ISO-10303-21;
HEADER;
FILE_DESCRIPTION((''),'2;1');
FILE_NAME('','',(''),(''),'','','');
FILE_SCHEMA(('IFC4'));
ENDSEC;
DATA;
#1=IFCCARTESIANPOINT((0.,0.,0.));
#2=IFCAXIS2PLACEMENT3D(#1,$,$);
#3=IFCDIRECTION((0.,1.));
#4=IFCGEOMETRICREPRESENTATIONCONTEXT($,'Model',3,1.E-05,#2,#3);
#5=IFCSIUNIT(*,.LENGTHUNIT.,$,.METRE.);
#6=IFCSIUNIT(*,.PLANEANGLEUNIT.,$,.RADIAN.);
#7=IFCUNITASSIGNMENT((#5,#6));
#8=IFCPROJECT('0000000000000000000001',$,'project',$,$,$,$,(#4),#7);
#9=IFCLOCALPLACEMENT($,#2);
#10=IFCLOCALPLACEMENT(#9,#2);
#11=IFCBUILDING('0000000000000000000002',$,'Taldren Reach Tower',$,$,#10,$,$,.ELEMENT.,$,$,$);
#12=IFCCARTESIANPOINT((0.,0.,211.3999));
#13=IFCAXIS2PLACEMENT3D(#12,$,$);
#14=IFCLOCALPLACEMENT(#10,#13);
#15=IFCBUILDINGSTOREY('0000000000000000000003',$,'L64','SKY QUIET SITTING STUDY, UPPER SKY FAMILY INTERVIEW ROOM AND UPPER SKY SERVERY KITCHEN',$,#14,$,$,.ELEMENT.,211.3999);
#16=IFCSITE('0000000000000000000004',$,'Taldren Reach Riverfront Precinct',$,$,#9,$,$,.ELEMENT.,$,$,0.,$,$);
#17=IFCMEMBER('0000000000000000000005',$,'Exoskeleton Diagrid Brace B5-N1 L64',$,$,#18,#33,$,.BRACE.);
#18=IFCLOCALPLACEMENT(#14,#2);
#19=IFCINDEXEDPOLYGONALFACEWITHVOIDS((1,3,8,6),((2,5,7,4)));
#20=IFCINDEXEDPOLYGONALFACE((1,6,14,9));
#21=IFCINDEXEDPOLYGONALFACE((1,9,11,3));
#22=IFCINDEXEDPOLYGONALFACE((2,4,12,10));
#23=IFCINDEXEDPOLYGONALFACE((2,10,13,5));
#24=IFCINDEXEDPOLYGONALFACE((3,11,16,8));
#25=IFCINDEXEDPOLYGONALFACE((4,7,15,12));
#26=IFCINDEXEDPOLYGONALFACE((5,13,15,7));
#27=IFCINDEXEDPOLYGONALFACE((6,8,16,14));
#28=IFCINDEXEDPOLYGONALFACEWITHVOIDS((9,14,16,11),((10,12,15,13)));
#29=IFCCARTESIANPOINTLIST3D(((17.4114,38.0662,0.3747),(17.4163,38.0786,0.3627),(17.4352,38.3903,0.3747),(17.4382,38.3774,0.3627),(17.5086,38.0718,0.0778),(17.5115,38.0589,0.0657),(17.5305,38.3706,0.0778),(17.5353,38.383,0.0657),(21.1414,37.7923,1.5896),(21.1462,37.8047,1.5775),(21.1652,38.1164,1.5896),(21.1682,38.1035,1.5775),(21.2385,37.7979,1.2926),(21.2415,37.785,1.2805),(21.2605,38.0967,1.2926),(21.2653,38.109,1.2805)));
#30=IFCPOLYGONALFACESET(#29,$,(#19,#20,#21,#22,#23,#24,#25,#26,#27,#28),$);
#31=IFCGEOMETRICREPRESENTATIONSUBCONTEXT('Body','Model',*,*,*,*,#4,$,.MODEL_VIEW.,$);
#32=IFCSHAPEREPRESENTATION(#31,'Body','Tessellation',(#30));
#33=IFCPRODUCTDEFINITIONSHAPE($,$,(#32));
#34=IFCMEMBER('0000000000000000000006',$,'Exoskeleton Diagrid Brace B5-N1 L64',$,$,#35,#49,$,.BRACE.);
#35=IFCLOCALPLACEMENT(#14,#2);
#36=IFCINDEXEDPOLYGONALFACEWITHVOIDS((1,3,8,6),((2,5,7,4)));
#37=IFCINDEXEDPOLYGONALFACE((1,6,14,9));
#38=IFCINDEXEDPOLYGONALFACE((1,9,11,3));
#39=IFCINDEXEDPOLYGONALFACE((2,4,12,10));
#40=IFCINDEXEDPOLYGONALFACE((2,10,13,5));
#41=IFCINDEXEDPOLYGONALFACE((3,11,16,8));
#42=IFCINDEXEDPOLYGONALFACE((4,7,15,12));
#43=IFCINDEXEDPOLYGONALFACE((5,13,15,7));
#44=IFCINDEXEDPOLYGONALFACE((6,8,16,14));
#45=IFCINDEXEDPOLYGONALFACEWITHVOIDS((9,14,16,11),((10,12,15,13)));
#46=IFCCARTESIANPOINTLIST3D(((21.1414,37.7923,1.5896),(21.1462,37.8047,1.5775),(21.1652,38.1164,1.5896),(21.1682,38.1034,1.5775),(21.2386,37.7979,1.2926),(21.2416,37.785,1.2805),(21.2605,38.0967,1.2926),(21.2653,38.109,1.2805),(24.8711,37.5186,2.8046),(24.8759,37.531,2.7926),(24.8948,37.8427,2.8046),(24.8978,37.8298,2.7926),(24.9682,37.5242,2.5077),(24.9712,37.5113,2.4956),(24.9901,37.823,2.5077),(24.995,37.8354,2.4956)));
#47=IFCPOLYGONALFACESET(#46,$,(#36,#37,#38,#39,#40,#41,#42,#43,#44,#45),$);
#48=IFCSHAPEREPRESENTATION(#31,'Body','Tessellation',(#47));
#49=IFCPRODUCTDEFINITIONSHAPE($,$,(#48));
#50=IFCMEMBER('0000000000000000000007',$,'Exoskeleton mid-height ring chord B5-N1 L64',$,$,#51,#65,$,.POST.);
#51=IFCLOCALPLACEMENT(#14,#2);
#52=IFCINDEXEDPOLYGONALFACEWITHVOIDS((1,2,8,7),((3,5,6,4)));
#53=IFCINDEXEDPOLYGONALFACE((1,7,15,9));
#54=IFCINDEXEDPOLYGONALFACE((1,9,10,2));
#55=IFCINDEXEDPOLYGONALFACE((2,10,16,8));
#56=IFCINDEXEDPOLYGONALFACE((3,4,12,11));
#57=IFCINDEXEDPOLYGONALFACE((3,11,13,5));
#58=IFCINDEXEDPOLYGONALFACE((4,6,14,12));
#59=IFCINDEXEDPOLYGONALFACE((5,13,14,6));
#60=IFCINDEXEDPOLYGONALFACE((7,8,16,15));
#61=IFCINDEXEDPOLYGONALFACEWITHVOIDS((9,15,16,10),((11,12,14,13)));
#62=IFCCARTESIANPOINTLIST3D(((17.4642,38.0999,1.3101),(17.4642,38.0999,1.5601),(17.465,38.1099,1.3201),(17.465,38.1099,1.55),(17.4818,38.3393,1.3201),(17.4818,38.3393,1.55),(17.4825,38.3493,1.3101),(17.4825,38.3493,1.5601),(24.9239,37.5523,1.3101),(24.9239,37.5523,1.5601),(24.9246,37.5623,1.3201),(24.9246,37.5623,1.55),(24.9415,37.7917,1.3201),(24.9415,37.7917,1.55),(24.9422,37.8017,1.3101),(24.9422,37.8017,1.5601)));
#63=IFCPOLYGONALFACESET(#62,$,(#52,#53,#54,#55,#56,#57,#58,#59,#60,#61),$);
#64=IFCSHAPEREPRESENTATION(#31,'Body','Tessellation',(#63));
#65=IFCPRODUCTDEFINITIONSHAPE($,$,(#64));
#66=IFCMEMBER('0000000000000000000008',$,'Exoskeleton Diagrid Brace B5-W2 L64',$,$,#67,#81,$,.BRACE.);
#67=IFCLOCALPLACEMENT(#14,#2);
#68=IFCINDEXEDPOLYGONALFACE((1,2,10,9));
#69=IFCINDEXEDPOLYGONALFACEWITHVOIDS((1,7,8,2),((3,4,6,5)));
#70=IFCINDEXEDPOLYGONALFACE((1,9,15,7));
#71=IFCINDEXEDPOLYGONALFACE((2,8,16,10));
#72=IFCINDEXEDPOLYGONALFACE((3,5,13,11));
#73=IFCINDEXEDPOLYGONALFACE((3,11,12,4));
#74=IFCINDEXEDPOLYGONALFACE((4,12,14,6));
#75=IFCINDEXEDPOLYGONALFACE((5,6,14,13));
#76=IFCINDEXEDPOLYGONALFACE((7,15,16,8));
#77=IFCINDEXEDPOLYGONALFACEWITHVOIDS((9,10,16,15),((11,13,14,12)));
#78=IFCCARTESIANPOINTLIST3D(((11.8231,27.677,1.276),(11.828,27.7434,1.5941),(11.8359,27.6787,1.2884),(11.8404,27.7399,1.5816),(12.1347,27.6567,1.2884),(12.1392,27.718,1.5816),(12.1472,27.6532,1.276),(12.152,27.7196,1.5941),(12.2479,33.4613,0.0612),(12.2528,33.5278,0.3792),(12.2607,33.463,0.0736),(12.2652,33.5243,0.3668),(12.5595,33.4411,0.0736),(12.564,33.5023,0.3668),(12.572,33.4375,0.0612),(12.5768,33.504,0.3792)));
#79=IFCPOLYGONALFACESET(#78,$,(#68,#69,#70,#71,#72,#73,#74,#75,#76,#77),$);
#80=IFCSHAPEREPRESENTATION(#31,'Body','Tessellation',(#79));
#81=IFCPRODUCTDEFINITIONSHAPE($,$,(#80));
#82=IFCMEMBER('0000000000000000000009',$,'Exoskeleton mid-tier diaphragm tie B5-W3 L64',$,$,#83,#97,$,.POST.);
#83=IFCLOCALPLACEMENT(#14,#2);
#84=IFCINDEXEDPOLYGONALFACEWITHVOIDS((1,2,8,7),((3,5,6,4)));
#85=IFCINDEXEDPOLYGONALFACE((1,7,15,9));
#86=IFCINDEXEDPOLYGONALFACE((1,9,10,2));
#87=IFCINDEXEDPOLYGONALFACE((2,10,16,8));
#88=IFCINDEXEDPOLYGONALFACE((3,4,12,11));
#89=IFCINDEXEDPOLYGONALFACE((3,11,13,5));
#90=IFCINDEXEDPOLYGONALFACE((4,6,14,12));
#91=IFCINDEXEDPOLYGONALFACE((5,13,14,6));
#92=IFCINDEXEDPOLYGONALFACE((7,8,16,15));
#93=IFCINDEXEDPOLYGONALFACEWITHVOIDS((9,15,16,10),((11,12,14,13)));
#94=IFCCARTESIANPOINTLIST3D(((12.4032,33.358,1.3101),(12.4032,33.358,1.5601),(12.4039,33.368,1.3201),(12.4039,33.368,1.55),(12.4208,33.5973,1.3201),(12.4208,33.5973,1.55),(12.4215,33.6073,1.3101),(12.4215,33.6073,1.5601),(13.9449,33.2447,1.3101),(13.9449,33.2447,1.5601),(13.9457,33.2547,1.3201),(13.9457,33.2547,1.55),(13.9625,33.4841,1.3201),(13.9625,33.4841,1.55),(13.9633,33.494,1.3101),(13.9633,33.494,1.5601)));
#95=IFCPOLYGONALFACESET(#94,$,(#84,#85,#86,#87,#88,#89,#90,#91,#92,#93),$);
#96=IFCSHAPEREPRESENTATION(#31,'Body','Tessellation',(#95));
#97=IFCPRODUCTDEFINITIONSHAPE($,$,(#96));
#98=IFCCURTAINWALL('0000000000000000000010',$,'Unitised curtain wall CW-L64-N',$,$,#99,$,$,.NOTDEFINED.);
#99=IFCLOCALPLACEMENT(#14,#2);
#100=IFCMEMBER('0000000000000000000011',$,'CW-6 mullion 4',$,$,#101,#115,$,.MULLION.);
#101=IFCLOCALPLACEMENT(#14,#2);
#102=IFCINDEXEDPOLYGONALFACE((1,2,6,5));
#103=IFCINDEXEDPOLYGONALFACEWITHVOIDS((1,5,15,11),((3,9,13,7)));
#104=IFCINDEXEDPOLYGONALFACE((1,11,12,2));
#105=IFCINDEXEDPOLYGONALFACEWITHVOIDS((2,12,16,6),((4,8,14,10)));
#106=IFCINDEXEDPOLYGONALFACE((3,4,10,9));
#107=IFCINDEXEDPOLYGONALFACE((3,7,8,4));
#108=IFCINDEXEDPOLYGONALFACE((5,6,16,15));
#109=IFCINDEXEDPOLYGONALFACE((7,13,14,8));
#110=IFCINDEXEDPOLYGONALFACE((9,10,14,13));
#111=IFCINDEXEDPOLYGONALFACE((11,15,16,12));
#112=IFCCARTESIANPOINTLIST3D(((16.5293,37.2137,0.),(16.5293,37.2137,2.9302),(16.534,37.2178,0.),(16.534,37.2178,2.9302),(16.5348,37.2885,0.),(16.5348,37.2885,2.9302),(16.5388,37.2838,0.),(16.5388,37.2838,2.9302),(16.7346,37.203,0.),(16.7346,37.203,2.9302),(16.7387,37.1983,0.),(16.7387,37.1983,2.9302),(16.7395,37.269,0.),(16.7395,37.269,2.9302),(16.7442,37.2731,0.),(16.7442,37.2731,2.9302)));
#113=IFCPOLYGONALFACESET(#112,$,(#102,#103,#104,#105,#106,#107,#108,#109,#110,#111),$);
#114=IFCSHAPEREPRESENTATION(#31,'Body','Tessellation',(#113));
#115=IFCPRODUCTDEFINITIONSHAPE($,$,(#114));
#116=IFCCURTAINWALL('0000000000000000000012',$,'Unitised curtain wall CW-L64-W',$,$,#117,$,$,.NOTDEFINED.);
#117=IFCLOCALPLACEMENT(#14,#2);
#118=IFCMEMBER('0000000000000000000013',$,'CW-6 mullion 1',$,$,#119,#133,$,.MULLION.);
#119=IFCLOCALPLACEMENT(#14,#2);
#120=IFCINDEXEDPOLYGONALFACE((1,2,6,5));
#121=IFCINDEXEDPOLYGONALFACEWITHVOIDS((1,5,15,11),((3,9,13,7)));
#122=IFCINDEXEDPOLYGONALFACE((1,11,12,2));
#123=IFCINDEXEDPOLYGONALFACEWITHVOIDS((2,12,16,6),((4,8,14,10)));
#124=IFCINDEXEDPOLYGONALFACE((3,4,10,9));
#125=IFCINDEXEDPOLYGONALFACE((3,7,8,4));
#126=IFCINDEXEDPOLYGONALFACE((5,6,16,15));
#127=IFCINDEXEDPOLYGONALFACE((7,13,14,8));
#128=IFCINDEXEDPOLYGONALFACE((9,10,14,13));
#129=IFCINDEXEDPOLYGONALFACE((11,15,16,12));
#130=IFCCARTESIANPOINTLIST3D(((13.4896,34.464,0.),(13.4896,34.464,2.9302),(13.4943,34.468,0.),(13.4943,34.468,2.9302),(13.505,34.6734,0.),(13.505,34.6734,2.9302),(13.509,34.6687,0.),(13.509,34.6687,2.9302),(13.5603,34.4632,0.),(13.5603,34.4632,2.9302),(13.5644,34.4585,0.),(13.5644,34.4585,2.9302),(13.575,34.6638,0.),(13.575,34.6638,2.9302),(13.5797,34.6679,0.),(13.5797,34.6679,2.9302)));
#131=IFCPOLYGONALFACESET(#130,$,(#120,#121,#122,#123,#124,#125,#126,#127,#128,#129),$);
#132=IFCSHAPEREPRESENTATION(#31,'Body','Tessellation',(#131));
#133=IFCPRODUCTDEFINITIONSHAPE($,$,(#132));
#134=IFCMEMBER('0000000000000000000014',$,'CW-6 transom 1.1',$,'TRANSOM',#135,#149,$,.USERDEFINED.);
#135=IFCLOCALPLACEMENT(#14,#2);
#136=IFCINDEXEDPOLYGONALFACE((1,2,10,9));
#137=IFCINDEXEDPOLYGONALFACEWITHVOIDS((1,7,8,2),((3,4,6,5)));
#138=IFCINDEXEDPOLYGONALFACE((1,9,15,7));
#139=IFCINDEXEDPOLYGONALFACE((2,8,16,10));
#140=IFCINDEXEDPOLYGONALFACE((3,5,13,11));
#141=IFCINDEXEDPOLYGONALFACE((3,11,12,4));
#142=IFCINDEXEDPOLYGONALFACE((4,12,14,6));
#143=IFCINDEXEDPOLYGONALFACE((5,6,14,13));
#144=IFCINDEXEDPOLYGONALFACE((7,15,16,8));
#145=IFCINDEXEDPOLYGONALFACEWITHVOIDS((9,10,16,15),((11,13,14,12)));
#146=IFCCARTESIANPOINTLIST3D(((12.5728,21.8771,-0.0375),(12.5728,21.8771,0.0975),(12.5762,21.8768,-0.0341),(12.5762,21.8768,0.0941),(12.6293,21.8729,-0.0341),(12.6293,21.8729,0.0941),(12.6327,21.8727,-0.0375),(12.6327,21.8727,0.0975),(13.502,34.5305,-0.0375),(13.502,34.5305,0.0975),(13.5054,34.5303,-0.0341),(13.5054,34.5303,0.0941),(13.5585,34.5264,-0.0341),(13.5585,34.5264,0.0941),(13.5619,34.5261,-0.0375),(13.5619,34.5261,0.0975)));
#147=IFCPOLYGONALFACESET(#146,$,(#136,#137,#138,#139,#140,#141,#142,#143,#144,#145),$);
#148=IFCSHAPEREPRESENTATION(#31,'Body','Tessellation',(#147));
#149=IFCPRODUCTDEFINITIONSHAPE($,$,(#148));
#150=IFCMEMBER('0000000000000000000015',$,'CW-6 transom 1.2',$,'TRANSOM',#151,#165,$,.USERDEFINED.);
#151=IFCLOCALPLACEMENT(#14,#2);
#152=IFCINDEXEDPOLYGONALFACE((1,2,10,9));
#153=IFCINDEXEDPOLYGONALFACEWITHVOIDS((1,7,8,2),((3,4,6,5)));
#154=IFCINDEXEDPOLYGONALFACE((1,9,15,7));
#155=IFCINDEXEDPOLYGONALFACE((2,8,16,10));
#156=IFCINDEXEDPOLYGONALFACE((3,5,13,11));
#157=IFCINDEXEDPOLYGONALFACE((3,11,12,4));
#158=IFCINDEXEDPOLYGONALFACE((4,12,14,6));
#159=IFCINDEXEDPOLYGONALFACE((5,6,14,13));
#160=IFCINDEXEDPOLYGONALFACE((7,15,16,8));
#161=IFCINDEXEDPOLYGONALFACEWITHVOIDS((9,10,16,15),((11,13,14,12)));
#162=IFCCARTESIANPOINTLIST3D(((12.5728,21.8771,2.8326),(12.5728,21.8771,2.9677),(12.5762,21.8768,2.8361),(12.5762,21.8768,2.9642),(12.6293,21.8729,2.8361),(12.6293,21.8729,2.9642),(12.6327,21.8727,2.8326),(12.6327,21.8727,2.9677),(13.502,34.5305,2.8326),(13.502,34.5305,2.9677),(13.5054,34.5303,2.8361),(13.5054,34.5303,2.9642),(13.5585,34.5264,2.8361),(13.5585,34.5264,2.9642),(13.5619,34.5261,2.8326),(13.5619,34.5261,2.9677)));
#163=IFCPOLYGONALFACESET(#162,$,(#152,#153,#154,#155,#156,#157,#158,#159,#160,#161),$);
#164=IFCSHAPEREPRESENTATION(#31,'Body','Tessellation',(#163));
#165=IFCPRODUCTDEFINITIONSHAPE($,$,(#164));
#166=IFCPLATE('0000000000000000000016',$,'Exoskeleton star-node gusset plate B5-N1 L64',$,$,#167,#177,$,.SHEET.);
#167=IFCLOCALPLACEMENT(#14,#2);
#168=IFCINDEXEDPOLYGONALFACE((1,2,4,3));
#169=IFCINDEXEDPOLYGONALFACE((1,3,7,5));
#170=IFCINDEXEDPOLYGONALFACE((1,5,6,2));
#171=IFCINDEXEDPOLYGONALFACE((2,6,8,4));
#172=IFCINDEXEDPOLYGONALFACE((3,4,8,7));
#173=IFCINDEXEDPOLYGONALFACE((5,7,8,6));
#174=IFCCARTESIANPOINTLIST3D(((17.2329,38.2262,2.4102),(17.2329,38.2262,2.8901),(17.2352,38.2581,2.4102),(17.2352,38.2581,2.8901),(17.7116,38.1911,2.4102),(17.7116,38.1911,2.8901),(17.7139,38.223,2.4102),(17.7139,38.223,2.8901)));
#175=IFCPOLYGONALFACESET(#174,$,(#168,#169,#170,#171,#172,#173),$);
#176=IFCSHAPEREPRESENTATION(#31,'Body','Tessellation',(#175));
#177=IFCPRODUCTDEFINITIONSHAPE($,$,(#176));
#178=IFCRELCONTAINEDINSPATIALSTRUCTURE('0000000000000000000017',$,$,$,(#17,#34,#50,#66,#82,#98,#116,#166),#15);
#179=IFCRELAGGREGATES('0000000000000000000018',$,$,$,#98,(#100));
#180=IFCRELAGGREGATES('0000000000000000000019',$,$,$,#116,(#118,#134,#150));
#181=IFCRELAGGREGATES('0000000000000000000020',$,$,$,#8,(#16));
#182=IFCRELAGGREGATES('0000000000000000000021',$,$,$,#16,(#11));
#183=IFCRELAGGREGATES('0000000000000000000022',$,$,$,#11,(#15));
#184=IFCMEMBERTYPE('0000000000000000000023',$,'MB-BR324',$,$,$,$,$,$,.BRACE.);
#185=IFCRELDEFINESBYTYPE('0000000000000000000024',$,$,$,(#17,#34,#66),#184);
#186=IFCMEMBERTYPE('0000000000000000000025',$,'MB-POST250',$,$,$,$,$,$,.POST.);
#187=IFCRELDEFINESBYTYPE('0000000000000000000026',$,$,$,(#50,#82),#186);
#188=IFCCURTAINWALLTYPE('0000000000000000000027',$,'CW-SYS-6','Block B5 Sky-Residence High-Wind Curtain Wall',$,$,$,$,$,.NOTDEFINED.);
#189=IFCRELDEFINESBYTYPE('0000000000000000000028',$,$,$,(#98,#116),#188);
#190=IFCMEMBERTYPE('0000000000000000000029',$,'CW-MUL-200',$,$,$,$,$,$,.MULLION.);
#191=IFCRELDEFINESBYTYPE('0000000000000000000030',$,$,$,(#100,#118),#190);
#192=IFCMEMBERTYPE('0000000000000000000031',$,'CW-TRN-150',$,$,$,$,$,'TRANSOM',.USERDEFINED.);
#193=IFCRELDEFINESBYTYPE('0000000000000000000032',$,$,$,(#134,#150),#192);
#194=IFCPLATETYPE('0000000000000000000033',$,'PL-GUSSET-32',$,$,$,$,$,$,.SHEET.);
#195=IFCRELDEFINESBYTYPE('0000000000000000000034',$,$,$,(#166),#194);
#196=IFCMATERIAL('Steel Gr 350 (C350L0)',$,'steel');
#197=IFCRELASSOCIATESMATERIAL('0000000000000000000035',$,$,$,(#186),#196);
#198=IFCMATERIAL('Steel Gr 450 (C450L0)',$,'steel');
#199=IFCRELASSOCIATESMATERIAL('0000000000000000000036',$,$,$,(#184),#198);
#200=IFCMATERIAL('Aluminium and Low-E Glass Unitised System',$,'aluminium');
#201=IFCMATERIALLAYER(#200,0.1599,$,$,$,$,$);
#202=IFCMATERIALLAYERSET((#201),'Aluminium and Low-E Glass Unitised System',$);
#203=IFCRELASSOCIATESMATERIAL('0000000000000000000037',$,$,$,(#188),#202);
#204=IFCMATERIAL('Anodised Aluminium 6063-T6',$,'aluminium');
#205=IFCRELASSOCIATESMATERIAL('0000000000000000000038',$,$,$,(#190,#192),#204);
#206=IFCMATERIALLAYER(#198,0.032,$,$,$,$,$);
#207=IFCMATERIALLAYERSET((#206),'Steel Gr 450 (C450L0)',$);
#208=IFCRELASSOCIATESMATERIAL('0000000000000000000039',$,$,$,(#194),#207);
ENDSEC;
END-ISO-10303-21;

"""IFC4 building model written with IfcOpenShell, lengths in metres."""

from ifc_helpers import new_model, si_unit, direction, frame, origin, origin_2d, place, context, subcontext, project, spatial, rectangle, hollow_rectangle, extrude, source, transform, mapped, material, layer, layer_set, material_profile, profile_set, type_object, element, aggregate, save


model = new_model("IFC4")

# Units and contexts
model_context = context("Model", 3, precision=1e-05, world=origin(), true_north=direction((0.0, 1.0)))
body_context = subcontext(model_context, "Body", "Model", "MODEL_VIEW")
ifc_project = project(units=[si_unit("LENGTHUNIT", "METRE"), si_unit("PLANEANGLEUNIT", "RADIAN")], contexts=[model_context])

# Site, building, storey
site_placement = place(None, origin())
site = spatial("IfcSite", under=ifc_project, at=site_placement, Name="Taldren Reach Riverfront Precinct", CompositionType="ELEMENT", RefElevation=0.0)
building_placement = place(site_placement, origin())
building = spatial("IfcBuilding", under=site, at=building_placement, Name="Taldren Reach Tower", CompositionType="ELEMENT")
storey_placement = place(building_placement, frame((0.0, 0.0, 211.3999)))
storey = spatial("IfcBuildingStorey", under=building, at=storey_placement, Name="L64", Description="SKY QUIET SITTING STUDY, UPPER SKY FAMILY INTERVIEW ROOM AND UPPER SKY SERVERY KITCHEN", CompositionType="ELEMENT", Elevation=211.3999)

# Shared definitions
ifc_material_1 = material(Name="Steel Gr 350 (C350L0)", Category="steel")

# Shared definitions
ifc_material_profile_1 = material_profile(ifc_material_1, hollow_rectangle(XDim=0.25, YDim=0.25, WallThickness=0.01, at=origin_2d()), Name="250x250x10.0SHS")
ifc_profile_set_1 = profile_set([ifc_material_profile_1], Name="Steel Gr 350 (C350L0)")
member_type_1 = type_object("IfcMemberType", Name="MB-POST250", PredefinedType="POST", material=ifc_profile_set_1)
ifc_material_2 = material(Name="Steel Gr 450 (C450L0)", Category="steel")

# Members
ifc_material_profile_2 = material_profile(ifc_material_2, hollow_rectangle(XDim=0.325, YDim=0.325, WallThickness=0.0127, at=origin_2d()), Name="325x325x12.7SHS")
ifc_profile_set_2 = profile_set([ifc_material_profile_2], Name="Steel Gr 450 (C450L0)")
member_type_2 = type_object("IfcMemberType", Name="MB-BR324", PredefinedType="BRACE", material=ifc_profile_set_2)
shared_shape_1 = source(origin(), body_context, "Body", "SweptSolid", [
    extrude(hollow_rectangle(XDim=0.325, YDim=0.325, WallThickness=0.0127, at=origin_2d()), origin(), (0.0, 0.0, 1.0), 3.9324),
])
member_1_placement = place(storey_placement, frame((17.4734, 38.2246, 0.2202), z_axis=(0.948529, -0.069659, 0.308933), x_axis=(0.073242, 0.997314, 0.0)))
element("IfcMember", 1, at=member_1_placement, inside=storey, type_object=member_type_2, Name="Exoskeleton Diagrid Brace B5-N1 L64", PredefinedType="BRACE", context=body_context, shape_type="MappedRepresentation", body=[
    mapped(shared_shape_1, transform((0.0, 0.0, 0.0), scale=1.0)),
])
shared_shape_2 = source(origin(), body_context, "Body", "SweptSolid", [
    extrude(hollow_rectangle(XDim=0.325, YDim=0.325, WallThickness=0.0127, at=origin_2d()), origin(), (0.0, 0.0, 1.0), 3.9321),
])
member_2_placement = place(storey_placement, frame((21.2034, 37.9507, 1.4351), z_axis=(0.948509, -0.0696, 0.309009), x_axis=(0.073182, 0.997319, 0.0)))
element("IfcMember", 2, at=member_2_placement, inside=storey, type_object=member_type_2, Name="Exoskeleton Diagrid Brace B5-N1 L64", PredefinedType="BRACE", context=body_context, shape_type="MappedRepresentation", body=[
    mapped(shared_shape_2, transform((0.0, 0.0, 0.0), scale=1.0)),
])
shared_shape_3 = source(origin(), body_context, "Body", "SweptSolid", [
    extrude(hollow_rectangle(XDim=0.25, YDim=0.25, WallThickness=0.01, at=origin_2d()), origin(), (0.0, 0.0, 1.0), 7.4797),
])
member_3_placement = place(storey_placement, frame((17.4734, 38.2246, 1.4351), z_axis=(0.997316, -0.073212, 0.0), x_axis=(0.073212, 0.997316, 0.0)))
element("IfcMember", 3, at=member_3_placement, inside=storey, type_object=member_type_1, Name="Exoskeleton mid-height ring chord B5-N1 L64", PredefinedType="POST", context=body_context, shape_type="MappedRepresentation", body=[
    mapped(shared_shape_3, transform((0.0, 0.0, 0.0), scale=1.0)),
])
shared_shape_4 = source(origin(), body_context, "Body", "SweptSolid", [
    extrude(hollow_rectangle(XDim=0.325, YDim=0.325, WallThickness=0.0127, at=origin_2d()), origin(), (0.0, 0.0, 1.0), 5.9258),
])
member_4_placement = place(storey_placement, frame((12.4124, 33.4827, 0.2202), z_axis=(-0.071687, -0.976132, 0.205007), x_axis=(0.997314, -0.073242, 0.0)))
element("IfcMember", 4, at=member_4_placement, inside=storey, type_object=member_type_2, Name="Exoskeleton Diagrid Brace B5-W2 L64", PredefinedType="BRACE", context=body_context, shape_type="MappedRepresentation", body=[
    mapped(shared_shape_4, transform((0.0, 0.0, 0.0), scale=1.0)),
])
shared_shape_5 = source(origin(), body_context, "Body", "SweptSolid", [
    extrude(hollow_rectangle(XDim=0.25, YDim=0.25, WallThickness=0.01, at=origin_2d()), origin(), (0.0, 0.0, 1.0), 1.5459),
])
member_5_placement = place(storey_placement, frame((13.9541, 33.3694, 1.4351), z_axis=(-0.997312, 0.073278, 0.0), x_axis=(-0.073278, -0.997312, 0.0)))
element("IfcMember", 5, at=member_5_placement, inside=storey, type_object=member_type_1, Name="Exoskeleton mid-tier diaphragm tie B5-W3 L64", PredefinedType="POST", context=body_context, shape_type="MappedRepresentation", body=[
    mapped(shared_shape_5, transform((0.0, 0.0, 0.0), scale=1.0)),
])

# Curtain wall, member
ifc_material_3 = material(Name="Aluminium and Low-E Glass Unitised System", Category="aluminium")
ifc_layer_1 = layer(ifc_material_3, 0.1599)
ifc_layer_set_1 = layer_set([ifc_layer_1], Name="Aluminium and Low-E Glass Unitised System")
curtain_wall_type = type_object("IfcCurtainWallType", Name="CW-SYS-6", Description="Block B5 Sky-Residence High-Wind Curtain Wall", PredefinedType="NOTDEFINED", material=ifc_layer_set_1)
curtain_wall_1_placement = place(storey_placement, origin())
curtain_wall_1 = element("IfcCurtainWall", 6, at=curtain_wall_1_placement, inside=storey, type_object=curtain_wall_type, Name="Unitised curtain wall CW-L64-N", PredefinedType="NOTDEFINED")
ifc_material_4 = material(Name="Anodised Aluminium 6063-T6", Category="aluminium")
ifc_material_profile_3 = material_profile(ifc_material_4, hollow_rectangle(XDim=0.075, YDim=0.21, WallThickness=0.0044, at=origin_2d()), Name="ALU-210x75x4.5RHS")
ifc_profile_set_3 = profile_set([ifc_material_profile_3], Name="Anodised Aluminium 6063-T6")
member_type_3 = type_object("IfcMemberType", Name="CW-MUL-200", PredefinedType="MULLION", material=ifc_profile_set_3)
shared_shape_6 = source(origin(), body_context, "Body", "SweptSolid", [
    extrude(hollow_rectangle(XDim=0.075, YDim=0.21, WallThickness=0.0044, at=origin_2d()), origin(), (0.0, 0.0, 1.0), 2.9302),
])
member_6_placement = place(storey_placement, frame((16.6367, 37.2434, 0.0), z_axis=(0.0, 0.0, 1.0), x_axis=(-0.073238, -0.997314, 0.0)))
member_6 = element("IfcMember", 7, at=member_6_placement, type_object=member_type_3, Name="CW-6 mullion 4", PredefinedType="MULLION", context=body_context, shape_type="MappedRepresentation", body=[
    mapped(shared_shape_6, transform((0.0, 0.0, 0.0), scale=1.0)),
])

# Curtain wall, members
curtain_wall_2_placement = place(storey_placement, origin())
curtain_wall_2 = element("IfcCurtainWall", 8, at=curtain_wall_2_placement, inside=storey, type_object=curtain_wall_type, Name="Unitised curtain wall CW-L64-W", PredefinedType="NOTDEFINED")
member_7_placement = place(storey_placement, frame((13.5347, 34.5659, 0.0), z_axis=(0.0, 0.0, 1.0), x_axis=(0.997314, -0.073238, 0.0)))
member_7 = element("IfcMember", 9, at=member_7_placement, type_object=member_type_3, Name="CW-6 mullion 1", PredefinedType="MULLION", context=body_context, shape_type="MappedRepresentation", body=[
    mapped(shared_shape_6, transform((0.0, 0.0, 0.0), scale=1.0)),
])
ifc_material_profile_4 = material_profile(ifc_material_4, hollow_rectangle(XDim=0.0601, YDim=0.135, WallThickness=0.0034, at=origin_2d()), Name="ALU-135x60x3.5RHS")
ifc_profile_set_4 = profile_set([ifc_material_profile_4], Name="Anodised Aluminium 6063-T6")
member_type_4 = type_object("IfcMemberType", Name="CW-TRN-150", ElementType="TRANSOM", PredefinedType="USERDEFINED", material=ifc_profile_set_4)
shared_shape_7 = source(origin(), body_context, "Body", "SweptSolid", [
    extrude(hollow_rectangle(XDim=0.0601, YDim=0.135, WallThickness=0.0034, at=origin_2d()), origin(), (0.0, 0.0, 1.0), 12.6875),
])
member_8_placement = place(storey_placement, frame((13.532, 34.5283, 0.03), z_axis=(-0.073238, -0.997314, 0.0), x_axis=(0.997314, -0.073238, 0.0)))
member_8 = element("IfcMember", 10, at=member_8_placement, type_object=member_type_4, Name="CW-6 transom 1.1", ObjectType="TRANSOM", PredefinedType="USERDEFINED", context=body_context, shape_type="MappedRepresentation", body=[
    mapped(shared_shape_7, transform((0.0, 0.0, 0.0), scale=1.0)),
])
member_9_placement = place(storey_placement, frame((13.532, 34.5283, 2.9001), z_axis=(-0.073238, -0.997314, 0.0), x_axis=(0.997314, -0.073238, 0.0)))
member_9 = element("IfcMember", 11, at=member_9_placement, type_object=member_type_4, Name="CW-6 transom 1.2", ObjectType="TRANSOM", PredefinedType="USERDEFINED", context=body_context, shape_type="MappedRepresentation", body=[
    mapped(shared_shape_7, transform((0.0, 0.0, 0.0), scale=1.0)),
])

# Plate
ifc_layer_2 = layer(ifc_material_2, 0.032)
ifc_layer_set_2 = layer_set([ifc_layer_2], Name="Steel Gr 450 (C450L0)")
plate_type_1 = type_object("IfcPlateType", Name="PL-GUSSET-32", PredefinedType="SHEET", material=ifc_layer_set_2)
shared_shape_8 = source(origin(), body_context, "Body", "SweptSolid", [
    extrude(rectangle(XDim=0.48, YDim=0.032, at=origin_2d()), origin(), (0.0, 0.0, 1.0), 0.48),
])
for number, where, z_axis, x_axis, name in (
    (12, (17.4734, 38.2246, 2.4102), (0.0, 0.0, 1.0), (0.997314, -0.073238, 0.0), "Exoskeleton star-node gusset plate B5-N1 L64"),
):
    element("IfcPlate", number, at=place(storey_placement, frame(where, z_axis=z_axis, x_axis=x_axis)), inside=storey, type_object=plate_type_1, Name=name, PredefinedType="SHEET", context=body_context, shape_type="MappedRepresentation", body=[
        mapped(shared_shape_8, transform((0.0, 0.0, 0.0), scale=1.0)),
    ])

aggregate(curtain_wall_1, [member_6])
aggregate(curtain_wall_2, [member_7, member_8, member_9])

save(model, "model.ifc")
